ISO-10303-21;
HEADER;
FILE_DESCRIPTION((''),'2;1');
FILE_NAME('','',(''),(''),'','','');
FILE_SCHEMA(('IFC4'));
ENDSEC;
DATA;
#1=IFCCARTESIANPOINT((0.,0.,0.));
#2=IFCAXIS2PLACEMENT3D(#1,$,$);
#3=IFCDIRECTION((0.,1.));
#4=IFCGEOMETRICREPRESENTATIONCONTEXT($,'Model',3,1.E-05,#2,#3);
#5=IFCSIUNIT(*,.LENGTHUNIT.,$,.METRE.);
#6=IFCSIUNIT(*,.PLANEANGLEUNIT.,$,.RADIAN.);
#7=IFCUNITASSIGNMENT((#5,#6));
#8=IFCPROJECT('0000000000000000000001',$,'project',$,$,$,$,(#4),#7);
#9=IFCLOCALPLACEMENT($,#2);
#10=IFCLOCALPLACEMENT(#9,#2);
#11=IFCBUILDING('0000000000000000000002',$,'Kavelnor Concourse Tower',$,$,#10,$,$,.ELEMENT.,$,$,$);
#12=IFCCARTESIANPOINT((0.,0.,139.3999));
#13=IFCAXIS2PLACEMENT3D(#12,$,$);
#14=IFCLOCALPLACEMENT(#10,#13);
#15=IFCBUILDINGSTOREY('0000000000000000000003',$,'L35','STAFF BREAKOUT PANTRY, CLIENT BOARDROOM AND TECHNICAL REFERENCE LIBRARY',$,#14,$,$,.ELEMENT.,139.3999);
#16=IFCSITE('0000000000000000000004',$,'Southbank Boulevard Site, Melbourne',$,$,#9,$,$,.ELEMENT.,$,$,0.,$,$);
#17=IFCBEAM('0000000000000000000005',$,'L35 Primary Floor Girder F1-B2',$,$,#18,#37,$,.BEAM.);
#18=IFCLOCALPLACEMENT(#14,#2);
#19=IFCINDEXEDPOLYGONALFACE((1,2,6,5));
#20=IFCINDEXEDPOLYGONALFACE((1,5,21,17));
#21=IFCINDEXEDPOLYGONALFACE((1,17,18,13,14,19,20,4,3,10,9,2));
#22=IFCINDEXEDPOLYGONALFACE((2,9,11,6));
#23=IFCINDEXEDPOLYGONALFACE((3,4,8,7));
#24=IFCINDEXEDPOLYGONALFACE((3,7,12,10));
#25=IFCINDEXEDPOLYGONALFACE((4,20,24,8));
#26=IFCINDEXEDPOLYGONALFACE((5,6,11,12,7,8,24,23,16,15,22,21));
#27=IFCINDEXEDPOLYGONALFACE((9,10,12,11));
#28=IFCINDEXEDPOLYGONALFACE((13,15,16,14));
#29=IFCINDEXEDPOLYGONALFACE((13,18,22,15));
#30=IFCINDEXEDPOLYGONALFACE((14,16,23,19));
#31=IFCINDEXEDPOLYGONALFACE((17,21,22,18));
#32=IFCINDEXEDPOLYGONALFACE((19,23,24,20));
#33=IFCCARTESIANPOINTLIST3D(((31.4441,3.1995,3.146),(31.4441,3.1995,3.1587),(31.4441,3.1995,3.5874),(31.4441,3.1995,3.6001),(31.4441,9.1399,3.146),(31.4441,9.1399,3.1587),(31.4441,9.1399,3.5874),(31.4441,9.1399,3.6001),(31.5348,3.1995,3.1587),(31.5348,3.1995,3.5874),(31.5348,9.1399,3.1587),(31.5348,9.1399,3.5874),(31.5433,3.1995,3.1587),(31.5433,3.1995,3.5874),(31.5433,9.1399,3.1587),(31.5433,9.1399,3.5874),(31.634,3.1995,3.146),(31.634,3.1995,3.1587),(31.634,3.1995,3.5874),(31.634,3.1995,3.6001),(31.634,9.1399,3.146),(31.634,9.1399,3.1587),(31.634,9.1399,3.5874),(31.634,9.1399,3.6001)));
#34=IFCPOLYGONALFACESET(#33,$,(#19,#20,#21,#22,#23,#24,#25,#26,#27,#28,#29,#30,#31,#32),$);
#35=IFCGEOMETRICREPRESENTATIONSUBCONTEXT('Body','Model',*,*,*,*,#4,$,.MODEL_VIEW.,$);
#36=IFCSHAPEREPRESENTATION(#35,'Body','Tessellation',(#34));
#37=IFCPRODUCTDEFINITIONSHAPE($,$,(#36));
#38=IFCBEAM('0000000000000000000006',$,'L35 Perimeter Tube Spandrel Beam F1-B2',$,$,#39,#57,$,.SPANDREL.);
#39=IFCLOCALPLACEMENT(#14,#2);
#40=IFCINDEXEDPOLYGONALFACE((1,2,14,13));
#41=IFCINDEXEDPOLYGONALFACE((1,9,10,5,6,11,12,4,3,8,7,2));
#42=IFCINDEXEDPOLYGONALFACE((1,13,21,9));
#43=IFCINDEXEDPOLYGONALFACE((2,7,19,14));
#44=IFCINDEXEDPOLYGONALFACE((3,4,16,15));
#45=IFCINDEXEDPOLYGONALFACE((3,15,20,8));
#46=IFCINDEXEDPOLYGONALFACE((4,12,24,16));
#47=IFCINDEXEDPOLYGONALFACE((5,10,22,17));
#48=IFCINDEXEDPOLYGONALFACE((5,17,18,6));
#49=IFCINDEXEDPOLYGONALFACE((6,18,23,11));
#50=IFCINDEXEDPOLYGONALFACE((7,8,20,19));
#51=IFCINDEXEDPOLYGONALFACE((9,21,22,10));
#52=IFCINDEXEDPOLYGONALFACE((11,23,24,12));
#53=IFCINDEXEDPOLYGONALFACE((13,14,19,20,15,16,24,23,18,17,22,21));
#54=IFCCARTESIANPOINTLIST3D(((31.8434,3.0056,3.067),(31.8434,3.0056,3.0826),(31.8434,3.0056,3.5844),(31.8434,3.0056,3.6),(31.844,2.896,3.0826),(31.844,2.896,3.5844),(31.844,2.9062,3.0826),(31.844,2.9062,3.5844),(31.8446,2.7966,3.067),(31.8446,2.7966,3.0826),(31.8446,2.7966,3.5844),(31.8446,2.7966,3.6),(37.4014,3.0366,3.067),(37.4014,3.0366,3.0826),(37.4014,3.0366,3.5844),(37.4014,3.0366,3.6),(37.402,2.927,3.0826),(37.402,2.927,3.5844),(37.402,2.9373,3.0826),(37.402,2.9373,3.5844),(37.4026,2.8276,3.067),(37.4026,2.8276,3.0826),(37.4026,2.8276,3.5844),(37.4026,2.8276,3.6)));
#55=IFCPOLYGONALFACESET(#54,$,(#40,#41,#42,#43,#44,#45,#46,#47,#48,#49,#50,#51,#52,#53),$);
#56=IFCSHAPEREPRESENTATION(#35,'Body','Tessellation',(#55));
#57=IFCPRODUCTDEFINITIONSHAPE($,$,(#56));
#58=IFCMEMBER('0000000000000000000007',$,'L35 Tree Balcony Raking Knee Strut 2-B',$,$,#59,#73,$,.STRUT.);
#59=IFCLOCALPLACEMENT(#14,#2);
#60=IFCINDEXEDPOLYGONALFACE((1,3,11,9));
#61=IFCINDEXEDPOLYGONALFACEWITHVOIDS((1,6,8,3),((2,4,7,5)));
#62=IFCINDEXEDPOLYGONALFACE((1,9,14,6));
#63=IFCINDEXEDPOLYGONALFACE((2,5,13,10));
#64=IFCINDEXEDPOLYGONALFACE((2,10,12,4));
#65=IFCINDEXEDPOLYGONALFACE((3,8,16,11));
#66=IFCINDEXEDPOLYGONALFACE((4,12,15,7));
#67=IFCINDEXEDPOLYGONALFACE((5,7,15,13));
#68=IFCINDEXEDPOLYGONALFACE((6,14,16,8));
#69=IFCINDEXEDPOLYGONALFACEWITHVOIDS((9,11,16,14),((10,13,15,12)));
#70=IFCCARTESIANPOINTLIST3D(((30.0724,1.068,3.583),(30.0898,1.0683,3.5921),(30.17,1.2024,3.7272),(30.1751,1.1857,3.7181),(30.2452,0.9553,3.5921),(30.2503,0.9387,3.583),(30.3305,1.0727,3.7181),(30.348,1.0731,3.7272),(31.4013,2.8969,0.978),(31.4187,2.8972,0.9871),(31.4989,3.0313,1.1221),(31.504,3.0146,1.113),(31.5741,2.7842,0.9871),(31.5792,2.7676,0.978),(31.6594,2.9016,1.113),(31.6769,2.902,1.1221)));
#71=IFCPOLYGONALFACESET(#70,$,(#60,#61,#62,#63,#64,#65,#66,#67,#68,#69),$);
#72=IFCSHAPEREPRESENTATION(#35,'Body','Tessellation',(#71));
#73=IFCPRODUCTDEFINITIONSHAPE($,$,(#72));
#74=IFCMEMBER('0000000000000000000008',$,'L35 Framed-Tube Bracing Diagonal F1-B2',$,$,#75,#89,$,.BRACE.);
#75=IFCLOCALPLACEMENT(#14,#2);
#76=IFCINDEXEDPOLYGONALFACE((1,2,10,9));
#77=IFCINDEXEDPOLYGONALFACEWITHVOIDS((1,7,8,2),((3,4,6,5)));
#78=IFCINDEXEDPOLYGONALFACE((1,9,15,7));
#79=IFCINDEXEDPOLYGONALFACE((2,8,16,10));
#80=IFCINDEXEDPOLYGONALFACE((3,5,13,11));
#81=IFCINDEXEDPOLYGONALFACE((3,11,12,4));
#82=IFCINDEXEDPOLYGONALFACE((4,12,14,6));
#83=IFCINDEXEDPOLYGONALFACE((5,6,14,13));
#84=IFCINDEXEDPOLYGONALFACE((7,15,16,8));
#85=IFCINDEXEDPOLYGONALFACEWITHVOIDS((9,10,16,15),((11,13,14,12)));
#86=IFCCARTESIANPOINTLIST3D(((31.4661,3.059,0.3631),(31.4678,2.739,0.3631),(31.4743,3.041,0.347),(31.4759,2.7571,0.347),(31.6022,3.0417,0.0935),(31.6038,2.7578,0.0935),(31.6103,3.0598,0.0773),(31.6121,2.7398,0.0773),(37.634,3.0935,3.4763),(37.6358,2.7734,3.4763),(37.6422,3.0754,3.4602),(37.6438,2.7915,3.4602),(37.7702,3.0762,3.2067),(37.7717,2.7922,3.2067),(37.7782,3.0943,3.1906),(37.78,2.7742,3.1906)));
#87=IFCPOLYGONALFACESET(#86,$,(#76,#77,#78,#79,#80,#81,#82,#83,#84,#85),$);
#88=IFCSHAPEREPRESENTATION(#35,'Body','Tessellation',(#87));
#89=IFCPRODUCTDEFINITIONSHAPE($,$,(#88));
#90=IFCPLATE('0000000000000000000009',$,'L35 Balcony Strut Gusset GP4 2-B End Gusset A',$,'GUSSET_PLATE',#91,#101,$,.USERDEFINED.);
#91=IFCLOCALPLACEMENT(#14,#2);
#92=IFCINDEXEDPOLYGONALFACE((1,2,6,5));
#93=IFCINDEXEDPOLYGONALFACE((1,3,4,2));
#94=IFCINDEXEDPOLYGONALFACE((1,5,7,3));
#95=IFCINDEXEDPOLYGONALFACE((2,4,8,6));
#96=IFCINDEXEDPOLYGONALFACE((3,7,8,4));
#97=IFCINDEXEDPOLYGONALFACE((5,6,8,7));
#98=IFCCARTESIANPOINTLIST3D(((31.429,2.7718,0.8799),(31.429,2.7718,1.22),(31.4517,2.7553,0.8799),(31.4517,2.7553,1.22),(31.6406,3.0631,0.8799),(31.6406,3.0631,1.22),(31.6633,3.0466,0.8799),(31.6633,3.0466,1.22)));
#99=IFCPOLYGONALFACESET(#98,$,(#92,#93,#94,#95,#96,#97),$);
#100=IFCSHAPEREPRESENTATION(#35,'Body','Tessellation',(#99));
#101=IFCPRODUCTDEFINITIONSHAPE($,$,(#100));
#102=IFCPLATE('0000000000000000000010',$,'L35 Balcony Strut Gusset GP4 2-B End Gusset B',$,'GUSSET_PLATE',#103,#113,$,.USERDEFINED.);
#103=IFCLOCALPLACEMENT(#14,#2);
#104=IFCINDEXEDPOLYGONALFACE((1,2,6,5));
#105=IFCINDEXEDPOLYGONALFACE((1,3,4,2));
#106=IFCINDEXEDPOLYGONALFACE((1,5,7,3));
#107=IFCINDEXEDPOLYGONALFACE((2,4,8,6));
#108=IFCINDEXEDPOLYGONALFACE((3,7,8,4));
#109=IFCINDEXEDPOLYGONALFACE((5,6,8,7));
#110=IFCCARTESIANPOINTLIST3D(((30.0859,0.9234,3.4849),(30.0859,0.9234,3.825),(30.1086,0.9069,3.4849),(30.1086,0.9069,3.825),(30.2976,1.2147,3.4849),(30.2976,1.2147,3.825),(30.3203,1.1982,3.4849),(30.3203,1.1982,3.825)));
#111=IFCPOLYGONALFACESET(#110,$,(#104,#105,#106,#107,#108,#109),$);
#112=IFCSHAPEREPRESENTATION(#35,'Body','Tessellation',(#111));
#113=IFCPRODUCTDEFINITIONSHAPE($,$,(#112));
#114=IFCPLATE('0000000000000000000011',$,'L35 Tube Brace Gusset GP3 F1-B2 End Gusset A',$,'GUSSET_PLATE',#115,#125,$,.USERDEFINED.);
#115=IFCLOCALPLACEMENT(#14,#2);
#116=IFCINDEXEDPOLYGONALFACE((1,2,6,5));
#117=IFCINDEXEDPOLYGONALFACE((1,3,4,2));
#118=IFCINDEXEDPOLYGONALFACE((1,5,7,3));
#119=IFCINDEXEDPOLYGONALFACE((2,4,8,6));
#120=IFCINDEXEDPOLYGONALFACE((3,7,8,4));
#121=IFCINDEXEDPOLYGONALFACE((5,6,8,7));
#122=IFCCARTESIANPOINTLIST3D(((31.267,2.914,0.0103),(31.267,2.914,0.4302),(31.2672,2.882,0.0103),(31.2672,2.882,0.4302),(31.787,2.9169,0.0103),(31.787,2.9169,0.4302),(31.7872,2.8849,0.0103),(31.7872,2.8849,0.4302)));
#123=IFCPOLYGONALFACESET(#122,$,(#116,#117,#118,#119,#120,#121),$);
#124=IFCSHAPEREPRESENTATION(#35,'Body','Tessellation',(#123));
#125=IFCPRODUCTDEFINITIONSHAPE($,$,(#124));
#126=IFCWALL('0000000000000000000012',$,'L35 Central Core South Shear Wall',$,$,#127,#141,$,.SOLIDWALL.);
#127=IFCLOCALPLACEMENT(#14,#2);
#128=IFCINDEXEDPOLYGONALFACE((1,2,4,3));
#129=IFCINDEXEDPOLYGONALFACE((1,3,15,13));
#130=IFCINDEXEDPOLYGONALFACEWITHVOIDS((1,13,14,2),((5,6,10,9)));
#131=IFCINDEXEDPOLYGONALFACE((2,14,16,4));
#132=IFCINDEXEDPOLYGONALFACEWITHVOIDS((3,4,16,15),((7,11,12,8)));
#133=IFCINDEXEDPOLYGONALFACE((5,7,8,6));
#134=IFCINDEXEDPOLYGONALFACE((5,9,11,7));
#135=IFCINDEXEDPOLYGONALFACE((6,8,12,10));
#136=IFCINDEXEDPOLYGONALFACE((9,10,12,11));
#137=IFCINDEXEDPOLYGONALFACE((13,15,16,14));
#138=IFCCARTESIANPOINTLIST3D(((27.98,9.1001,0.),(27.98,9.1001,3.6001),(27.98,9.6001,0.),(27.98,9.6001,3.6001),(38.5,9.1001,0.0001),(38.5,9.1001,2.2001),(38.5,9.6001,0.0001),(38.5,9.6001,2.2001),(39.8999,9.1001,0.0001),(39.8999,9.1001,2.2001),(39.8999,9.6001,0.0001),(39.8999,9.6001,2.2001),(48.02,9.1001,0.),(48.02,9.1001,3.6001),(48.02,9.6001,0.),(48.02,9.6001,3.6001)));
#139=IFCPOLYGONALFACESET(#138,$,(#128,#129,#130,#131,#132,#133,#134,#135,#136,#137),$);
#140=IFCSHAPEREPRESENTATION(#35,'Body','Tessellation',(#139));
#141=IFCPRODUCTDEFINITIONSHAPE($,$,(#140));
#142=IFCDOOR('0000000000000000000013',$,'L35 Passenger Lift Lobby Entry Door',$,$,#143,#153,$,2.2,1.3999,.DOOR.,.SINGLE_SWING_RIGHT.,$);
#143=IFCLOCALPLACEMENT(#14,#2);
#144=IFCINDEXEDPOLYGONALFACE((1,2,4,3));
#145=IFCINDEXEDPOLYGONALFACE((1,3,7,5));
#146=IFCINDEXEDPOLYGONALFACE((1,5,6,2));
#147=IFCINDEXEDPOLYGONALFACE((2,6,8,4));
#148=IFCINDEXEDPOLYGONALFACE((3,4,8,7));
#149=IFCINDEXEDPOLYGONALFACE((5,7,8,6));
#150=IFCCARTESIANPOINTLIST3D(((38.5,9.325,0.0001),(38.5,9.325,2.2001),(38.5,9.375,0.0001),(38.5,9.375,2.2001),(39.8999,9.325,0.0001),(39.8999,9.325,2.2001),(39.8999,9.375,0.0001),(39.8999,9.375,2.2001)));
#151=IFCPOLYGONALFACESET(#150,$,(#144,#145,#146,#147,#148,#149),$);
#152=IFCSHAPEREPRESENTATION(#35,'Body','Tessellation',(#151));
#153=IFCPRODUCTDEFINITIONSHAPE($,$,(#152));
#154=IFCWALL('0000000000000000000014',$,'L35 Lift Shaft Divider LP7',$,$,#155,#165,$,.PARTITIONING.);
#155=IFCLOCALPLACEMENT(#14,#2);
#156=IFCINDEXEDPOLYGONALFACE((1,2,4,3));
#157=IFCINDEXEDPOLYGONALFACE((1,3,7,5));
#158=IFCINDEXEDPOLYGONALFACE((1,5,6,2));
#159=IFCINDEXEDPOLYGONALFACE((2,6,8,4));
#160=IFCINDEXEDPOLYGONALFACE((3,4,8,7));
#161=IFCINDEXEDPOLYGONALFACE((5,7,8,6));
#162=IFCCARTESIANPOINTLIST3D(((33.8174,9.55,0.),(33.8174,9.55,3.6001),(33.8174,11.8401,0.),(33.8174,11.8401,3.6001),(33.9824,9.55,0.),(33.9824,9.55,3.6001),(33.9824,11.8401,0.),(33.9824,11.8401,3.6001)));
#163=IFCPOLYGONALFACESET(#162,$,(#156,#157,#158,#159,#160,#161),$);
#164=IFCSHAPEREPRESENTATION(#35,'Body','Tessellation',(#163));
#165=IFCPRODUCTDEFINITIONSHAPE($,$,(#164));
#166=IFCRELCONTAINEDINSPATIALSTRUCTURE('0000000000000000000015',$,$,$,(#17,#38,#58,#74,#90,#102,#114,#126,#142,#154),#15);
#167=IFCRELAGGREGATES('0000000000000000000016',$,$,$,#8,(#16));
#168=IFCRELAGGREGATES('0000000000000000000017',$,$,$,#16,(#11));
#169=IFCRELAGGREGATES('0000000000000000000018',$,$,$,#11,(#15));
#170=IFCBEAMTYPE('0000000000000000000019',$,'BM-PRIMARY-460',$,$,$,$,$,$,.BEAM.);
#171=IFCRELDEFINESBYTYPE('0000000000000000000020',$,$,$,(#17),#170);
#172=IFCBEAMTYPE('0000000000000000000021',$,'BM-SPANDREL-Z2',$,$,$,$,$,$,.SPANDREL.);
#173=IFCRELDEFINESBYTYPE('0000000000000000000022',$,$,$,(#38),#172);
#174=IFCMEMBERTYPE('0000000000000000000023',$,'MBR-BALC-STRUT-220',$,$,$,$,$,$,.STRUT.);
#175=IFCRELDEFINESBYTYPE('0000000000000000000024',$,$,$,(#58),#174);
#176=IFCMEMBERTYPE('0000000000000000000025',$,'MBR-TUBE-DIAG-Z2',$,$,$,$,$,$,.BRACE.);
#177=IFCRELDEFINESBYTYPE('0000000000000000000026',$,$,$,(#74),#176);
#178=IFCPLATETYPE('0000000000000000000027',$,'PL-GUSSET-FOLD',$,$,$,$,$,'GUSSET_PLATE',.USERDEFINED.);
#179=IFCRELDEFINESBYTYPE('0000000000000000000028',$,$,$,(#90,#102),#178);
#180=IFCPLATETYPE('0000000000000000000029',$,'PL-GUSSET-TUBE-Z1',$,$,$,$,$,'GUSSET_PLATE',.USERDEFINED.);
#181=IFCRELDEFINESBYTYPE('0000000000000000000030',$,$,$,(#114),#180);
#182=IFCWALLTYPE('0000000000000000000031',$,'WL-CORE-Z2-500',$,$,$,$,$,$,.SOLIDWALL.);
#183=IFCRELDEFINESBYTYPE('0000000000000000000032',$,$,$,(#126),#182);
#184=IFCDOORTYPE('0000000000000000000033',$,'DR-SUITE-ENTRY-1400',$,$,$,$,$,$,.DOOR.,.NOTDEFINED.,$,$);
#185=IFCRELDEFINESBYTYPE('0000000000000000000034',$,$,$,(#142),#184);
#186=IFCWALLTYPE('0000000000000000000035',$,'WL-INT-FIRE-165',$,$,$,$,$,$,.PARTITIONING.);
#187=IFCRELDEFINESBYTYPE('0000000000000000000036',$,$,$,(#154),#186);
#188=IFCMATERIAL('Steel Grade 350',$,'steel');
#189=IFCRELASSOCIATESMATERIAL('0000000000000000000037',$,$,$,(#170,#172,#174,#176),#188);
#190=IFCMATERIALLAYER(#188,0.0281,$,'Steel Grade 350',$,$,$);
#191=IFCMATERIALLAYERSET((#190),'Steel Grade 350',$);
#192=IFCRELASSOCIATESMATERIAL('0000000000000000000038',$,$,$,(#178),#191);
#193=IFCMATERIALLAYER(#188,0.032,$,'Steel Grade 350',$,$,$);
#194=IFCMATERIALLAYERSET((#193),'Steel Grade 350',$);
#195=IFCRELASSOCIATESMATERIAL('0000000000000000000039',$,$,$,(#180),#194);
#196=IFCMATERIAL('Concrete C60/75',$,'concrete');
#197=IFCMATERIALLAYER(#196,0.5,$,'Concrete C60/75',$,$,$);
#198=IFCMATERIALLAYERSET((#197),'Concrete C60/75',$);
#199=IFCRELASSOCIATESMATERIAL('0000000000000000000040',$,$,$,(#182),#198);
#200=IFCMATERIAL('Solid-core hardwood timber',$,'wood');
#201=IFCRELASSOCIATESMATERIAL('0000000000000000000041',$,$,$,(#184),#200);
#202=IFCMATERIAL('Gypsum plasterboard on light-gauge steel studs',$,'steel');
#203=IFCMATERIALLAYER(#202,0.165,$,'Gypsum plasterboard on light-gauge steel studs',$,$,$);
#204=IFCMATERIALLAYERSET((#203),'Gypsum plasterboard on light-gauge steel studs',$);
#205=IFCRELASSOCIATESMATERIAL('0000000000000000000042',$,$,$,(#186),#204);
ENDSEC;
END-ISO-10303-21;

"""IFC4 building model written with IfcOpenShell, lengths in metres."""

from ifc_helpers import new_model, si_unit, direction, frame, frame_2d, origin, origin_2d, place, context, subcontext, project, spatial, rectangle, hollow_rectangle, i_section, extrude, material, layer, layer_set, material_profile, profile_set, type_object, element, fill, save


model = new_model("IFC4")

# Units and contexts
model_context = context("Model", 3, precision=1e-05, world=origin(), true_north=direction((0.0, 1.0)))
body_context = subcontext(model_context, "Body", "Model", "MODEL_VIEW")
ifc_project = project(units=[si_unit("LENGTHUNIT", "METRE"), si_unit("PLANEANGLEUNIT", "RADIAN")], contexts=[model_context])

# Site, building, storey
site_placement = place(None, origin())
site = spatial("IfcSite", under=ifc_project, at=site_placement, Name="Southbank Boulevard Site, Melbourne", CompositionType="ELEMENT", RefElevation=0.0)
building_placement = place(site_placement, origin())
building = spatial("IfcBuilding", under=site, at=building_placement, Name="Kavelnor Concourse Tower", CompositionType="ELEMENT")
storey_placement = place(building_placement, frame((0.0, 0.0, 139.3999)))
storey = spatial("IfcBuildingStorey", under=building, at=storey_placement, Name="L35", Description="STAFF BREAKOUT PANTRY, CLIENT BOARDROOM AND TECHNICAL REFERENCE LIBRARY", CompositionType="ELEMENT", Elevation=139.3999)

# Shared definitions
ifc_material_1 = material(Name="Steel Grade 350", Category="steel")

# Beams
ifc_material_profile_1 = material_profile(ifc_material_1, i_section(OverallWidth=0.1899, OverallDepth=0.4541, WebThickness=0.0085, FlangeThickness=0.0127, at=origin_2d()), Name="460UB67")
ifc_profile_set_1 = profile_set([ifc_material_profile_1], Name="Steel Grade 350")
beam_type_1 = type_object("IfcBeamType", Name="BM-PRIMARY-460", PredefinedType="BEAM", material=ifc_profile_set_1)
beam_1_placement = place(storey_placement, frame((31.5391, 9.1399, 3.373), z_axis=(0.0, -1.0, 0.0), x_axis=(1.0, 0.0, 0.0)))
element("IfcBeam", 1, at=beam_1_placement, inside=storey, type_object=beam_type_1, Name="L35 Primary Floor Girder F1-B2", PredefinedType="BEAM", context=body_context, shape_type="SweptSolid", body=[
    extrude(i_section(OverallWidth=0.1899, OverallDepth=0.4541, WebThickness=0.0085, FlangeThickness=0.0127, at=origin_2d()), origin(), (0.0, 0.0, 1.0), 5.9404),
])
ifc_material_profile_2 = material_profile(ifc_material_1, i_section(OverallWidth=0.209, OverallDepth=0.533, WebThickness=0.0103, FlangeThickness=0.0156, at=origin_2d()), Name="530UB92")
ifc_profile_set_2 = profile_set([ifc_material_profile_2], Name="Steel Grade 350")
beam_type_2 = type_object("IfcBeamType", Name="BM-SPANDREL-Z2", PredefinedType="SPANDREL", material=ifc_profile_set_2)
beam_2_placement = place(storey_placement, frame((31.844, 2.9011, 3.3335), z_axis=(0.999984, 0.005578, 0.0), x_axis=(-0.005578, 0.999984, 0.0)))
element("IfcBeam", 2, at=beam_2_placement, inside=storey, type_object=beam_type_2, Name="L35 Perimeter Tube Spandrel Beam F1-B2", PredefinedType="SPANDREL", context=body_context, shape_type="SweptSolid", body=[
    extrude(i_section(OverallWidth=0.209, OverallDepth=0.533, WebThickness=0.0103, FlangeThickness=0.0156, at=origin_2d()), origin(), (0.0, 0.0, 1.0), 5.5581),
])

# Members
ifc_material_profile_3 = material_profile(ifc_material_1, hollow_rectangle(XDim=0.22, YDim=0.22, WallThickness=0.0139, at=origin_2d()), Name="SHS 220x220x14")
ifc_profile_set_3 = profile_set([ifc_material_profile_3], Name="Steel Grade 350")
member_type_1 = type_object("IfcMemberType", Name="MBR-BALC-STRUT-220", PredefinedType="STRUT", material=ifc_profile_set_3)
member_1_placement = place(storey_placement, frame((31.5391, 2.8994, 1.05), z_axis=(-0.385273, -0.530237, 0.755257), x_axis=(0.808993, -0.587818, 0.0)))
element("IfcMember", 3, at=member_1_placement, inside=storey, type_object=member_type_1, Name="L35 Tree Balcony Raking Knee Strut 2-B", PredefinedType="STRUT", context=body_context, shape_type="SweptSolid", body=[
    extrude(hollow_rectangle(XDim=0.22, YDim=0.22, WallThickness=0.0139, at=origin_2d()), origin(), (0.0, 0.0, 1.0), 3.4492),
])
ifc_material_profile_4 = material_profile(ifc_material_1, hollow_rectangle(XDim=0.3201, YDim=0.3201, WallThickness=0.0181, at=origin_2d()), Name="SHS 320x320x18")
ifc_profile_set_4 = profile_set([ifc_material_profile_4], Name="Steel Grade 350")
member_type_2 = type_object("IfcMemberType", Name="MBR-TUBE-DIAG-Z2", PredefinedType="BRACE", material=ifc_profile_set_4)
member_2_placement = place(storey_placement, frame((31.5391, 2.8994, 0.2202), z_axis=(0.892714, 0.004982, 0.450597), x_axis=(-0.005581, 0.999984, 0.0)))
element("IfcMember", 4, at=member_2_placement, inside=storey, type_object=member_type_2, Name="L35 Framed-Tube Bracing Diagonal F1-B2", PredefinedType="BRACE", context=body_context, shape_type="SweptSolid", body=[
    extrude(hollow_rectangle(XDim=0.3201, YDim=0.3201, WallThickness=0.0181, at=origin_2d()), origin(), (0.0, 0.0, 1.0), 6.9092),
])

# Plates
ifc_layer_1 = layer(ifc_material_1, 0.0281, Name="Steel Grade 350")
ifc_layer_set_1 = layer_set([ifc_layer_1], Name="Steel Grade 350")
plate_type_1 = type_object("IfcPlateType", Name="PL-GUSSET-FOLD", ElementType="GUSSET_PLATE", PredefinedType="USERDEFINED", material=ifc_layer_set_1)
for number, where, z_axis, x_axis, name in (
    (5, (31.5461, 2.9092, 0.8799), (0.0, 0.0, 1.0), (-0.587785, -0.809017, 0.0), "L35 Balcony Strut Gusset GP4 2-B End Gusset A"),
    (6, (30.2031, 1.0608, 3.4849), (0.0, 0.0, 1.0), (-0.587785, -0.809017, 0.0), "L35 Balcony Strut Gusset GP4 2-B End Gusset B"),
):
    element("IfcPlate", number, at=place(storey_placement, frame(where, z_axis=z_axis, x_axis=x_axis)), inside=storey, type_object=plate_type_1, Name=name, ObjectType="GUSSET_PLATE", PredefinedType="USERDEFINED", context=body_context, shape_type="SweptSolid", body=[
        extrude(rectangle(XDim=0.3601, YDim=0.0281, at=origin_2d()), origin(), (0.0, 0.0, 1.0), 0.3401),
    ])
ifc_layer_2 = layer(ifc_material_1, 0.032, Name="Steel Grade 350")
ifc_layer_set_2 = layer_set([ifc_layer_2], Name="Steel Grade 350")
plate_type_2 = type_object("IfcPlateType", Name="PL-GUSSET-TUBE-Z1", ElementType="GUSSET_PLATE", PredefinedType="USERDEFINED", material=ifc_layer_set_2)
plate_placement = place(storey_placement, frame((31.5271, 2.8994, 0.0103), z_axis=(0.0, 0.0, 1.0), x_axis=(0.999984, 0.005585, 0.0)))
element("IfcPlate", 7, at=plate_placement, inside=storey, type_object=plate_type_2, Name="L35 Tube Brace Gusset GP3 F1-B2 End Gusset A", ObjectType="GUSSET_PLATE", PredefinedType="USERDEFINED", context=body_context, shape_type="SweptSolid", body=[
    extrude(rectangle(XDim=0.52, YDim=0.032, at=origin_2d()), origin(), (0.0, 0.0, 1.0), 0.4199),
])

# Wall, opening, door
ifc_material_2 = material(Name="Concrete C60/75", Category="concrete")
ifc_layer_3 = layer(ifc_material_2, 0.5, Name="Concrete C60/75")
ifc_layer_set_3 = layer_set([ifc_layer_3], Name="Concrete C60/75")
wall_type_1 = type_object("IfcWallType", Name="WL-CORE-Z2-500", PredefinedType="SOLIDWALL", material=ifc_layer_set_3)
wall_1_placement = place(storey_placement, frame((27.98, 9.3501, 0.0), z_axis=(0.0, 0.0, 1.0), x_axis=(1.0, 0.0, 0.0)))
wall_1 = element("IfcWall", 8, at=wall_1_placement, inside=storey, type_object=wall_type_1, Name="L35 Central Core South Shear Wall", PredefinedType="SOLIDWALL", context=body_context, shape_type="SweptSolid", body=[
    extrude(rectangle(XDim=20.04, YDim=0.5, at=frame_2d((10.02, 0.0))), origin(), (0.0, 0.0, 1.0), 3.6001),
])
opening_1_placement = place(wall_1_placement, frame((10.52, 0.0, 0.0)))
opening_1 = element("IfcOpeningElement", 9, at=opening_1_placement, cuts=wall_1, PredefinedType="OPENING", context=body_context, shape_type="SweptSolid", body=[
    extrude(rectangle(XDim=1.3999, YDim=2.2, at=frame_2d((0.7, 1.1001))), frame((0.0, 0.26, 0.0), z_axis=(0.0, -1.0, 0.0), x_axis=(1.0, 0.0, 0.0)), (0.0, 0.0, 1.0), 0.52),
])
ifc_material_3 = material(Name="Solid-core hardwood timber", Category="wood")
door_type_1 = type_object("IfcDoorType", Name="DR-SUITE-ENTRY-1400", OperationType="NOTDEFINED", PredefinedType="DOOR", material=ifc_material_3)
door_1_placement = place(opening_1_placement, origin())
door_1 = element("IfcDoor", 10, at=door_1_placement, inside=storey, type_object=door_type_1, Name="L35 Passenger Lift Lobby Entry Door", OperationType="SINGLE_SWING_RIGHT", OverallHeight=2.2, OverallWidth=1.3999, PredefinedType="DOOR", context=body_context, shape_type="SweptSolid", body=[
    extrude(rectangle(XDim=1.3999, YDim=2.2, at=frame_2d((0.7, 1.1001))), frame((0.0, 0.0249, 0.0), z_axis=(0.0, -1.0, 0.0), x_axis=(1.0, 0.0, 0.0)), (0.0, 0.0, 1.0), 0.05),
])
fill(opening_1, door_1)

# Wall
ifc_material_4 = material(Name="Gypsum plasterboard on light-gauge steel studs", Category="steel")
ifc_layer_4 = layer(ifc_material_4, 0.165, Name="Gypsum plasterboard on light-gauge steel studs")
ifc_layer_set_4 = layer_set([ifc_layer_4], Name="Gypsum plasterboard on light-gauge steel studs")
wall_type_2 = type_object("IfcWallType", Name="WL-INT-FIRE-165", PredefinedType="PARTITIONING", material=ifc_layer_set_4)
wall_2_placement = place(storey_placement, frame((33.8999, 9.55, 0.0), z_axis=(0.0, 0.0, 1.0), x_axis=(0.0, 1.0, 0.0)))
element("IfcWall", 11, at=wall_2_placement, inside=storey, type_object=wall_type_2, Name="L35 Lift Shaft Divider LP7", PredefinedType="PARTITIONING", context=body_context, shape_type="SweptSolid", body=[
    extrude(rectangle(XDim=2.29, YDim=0.165, at=frame_2d((1.145, 0.0))), origin(), (0.0, 0.0, 1.0), 3.6001),
])

save(model, "model.ifc")
